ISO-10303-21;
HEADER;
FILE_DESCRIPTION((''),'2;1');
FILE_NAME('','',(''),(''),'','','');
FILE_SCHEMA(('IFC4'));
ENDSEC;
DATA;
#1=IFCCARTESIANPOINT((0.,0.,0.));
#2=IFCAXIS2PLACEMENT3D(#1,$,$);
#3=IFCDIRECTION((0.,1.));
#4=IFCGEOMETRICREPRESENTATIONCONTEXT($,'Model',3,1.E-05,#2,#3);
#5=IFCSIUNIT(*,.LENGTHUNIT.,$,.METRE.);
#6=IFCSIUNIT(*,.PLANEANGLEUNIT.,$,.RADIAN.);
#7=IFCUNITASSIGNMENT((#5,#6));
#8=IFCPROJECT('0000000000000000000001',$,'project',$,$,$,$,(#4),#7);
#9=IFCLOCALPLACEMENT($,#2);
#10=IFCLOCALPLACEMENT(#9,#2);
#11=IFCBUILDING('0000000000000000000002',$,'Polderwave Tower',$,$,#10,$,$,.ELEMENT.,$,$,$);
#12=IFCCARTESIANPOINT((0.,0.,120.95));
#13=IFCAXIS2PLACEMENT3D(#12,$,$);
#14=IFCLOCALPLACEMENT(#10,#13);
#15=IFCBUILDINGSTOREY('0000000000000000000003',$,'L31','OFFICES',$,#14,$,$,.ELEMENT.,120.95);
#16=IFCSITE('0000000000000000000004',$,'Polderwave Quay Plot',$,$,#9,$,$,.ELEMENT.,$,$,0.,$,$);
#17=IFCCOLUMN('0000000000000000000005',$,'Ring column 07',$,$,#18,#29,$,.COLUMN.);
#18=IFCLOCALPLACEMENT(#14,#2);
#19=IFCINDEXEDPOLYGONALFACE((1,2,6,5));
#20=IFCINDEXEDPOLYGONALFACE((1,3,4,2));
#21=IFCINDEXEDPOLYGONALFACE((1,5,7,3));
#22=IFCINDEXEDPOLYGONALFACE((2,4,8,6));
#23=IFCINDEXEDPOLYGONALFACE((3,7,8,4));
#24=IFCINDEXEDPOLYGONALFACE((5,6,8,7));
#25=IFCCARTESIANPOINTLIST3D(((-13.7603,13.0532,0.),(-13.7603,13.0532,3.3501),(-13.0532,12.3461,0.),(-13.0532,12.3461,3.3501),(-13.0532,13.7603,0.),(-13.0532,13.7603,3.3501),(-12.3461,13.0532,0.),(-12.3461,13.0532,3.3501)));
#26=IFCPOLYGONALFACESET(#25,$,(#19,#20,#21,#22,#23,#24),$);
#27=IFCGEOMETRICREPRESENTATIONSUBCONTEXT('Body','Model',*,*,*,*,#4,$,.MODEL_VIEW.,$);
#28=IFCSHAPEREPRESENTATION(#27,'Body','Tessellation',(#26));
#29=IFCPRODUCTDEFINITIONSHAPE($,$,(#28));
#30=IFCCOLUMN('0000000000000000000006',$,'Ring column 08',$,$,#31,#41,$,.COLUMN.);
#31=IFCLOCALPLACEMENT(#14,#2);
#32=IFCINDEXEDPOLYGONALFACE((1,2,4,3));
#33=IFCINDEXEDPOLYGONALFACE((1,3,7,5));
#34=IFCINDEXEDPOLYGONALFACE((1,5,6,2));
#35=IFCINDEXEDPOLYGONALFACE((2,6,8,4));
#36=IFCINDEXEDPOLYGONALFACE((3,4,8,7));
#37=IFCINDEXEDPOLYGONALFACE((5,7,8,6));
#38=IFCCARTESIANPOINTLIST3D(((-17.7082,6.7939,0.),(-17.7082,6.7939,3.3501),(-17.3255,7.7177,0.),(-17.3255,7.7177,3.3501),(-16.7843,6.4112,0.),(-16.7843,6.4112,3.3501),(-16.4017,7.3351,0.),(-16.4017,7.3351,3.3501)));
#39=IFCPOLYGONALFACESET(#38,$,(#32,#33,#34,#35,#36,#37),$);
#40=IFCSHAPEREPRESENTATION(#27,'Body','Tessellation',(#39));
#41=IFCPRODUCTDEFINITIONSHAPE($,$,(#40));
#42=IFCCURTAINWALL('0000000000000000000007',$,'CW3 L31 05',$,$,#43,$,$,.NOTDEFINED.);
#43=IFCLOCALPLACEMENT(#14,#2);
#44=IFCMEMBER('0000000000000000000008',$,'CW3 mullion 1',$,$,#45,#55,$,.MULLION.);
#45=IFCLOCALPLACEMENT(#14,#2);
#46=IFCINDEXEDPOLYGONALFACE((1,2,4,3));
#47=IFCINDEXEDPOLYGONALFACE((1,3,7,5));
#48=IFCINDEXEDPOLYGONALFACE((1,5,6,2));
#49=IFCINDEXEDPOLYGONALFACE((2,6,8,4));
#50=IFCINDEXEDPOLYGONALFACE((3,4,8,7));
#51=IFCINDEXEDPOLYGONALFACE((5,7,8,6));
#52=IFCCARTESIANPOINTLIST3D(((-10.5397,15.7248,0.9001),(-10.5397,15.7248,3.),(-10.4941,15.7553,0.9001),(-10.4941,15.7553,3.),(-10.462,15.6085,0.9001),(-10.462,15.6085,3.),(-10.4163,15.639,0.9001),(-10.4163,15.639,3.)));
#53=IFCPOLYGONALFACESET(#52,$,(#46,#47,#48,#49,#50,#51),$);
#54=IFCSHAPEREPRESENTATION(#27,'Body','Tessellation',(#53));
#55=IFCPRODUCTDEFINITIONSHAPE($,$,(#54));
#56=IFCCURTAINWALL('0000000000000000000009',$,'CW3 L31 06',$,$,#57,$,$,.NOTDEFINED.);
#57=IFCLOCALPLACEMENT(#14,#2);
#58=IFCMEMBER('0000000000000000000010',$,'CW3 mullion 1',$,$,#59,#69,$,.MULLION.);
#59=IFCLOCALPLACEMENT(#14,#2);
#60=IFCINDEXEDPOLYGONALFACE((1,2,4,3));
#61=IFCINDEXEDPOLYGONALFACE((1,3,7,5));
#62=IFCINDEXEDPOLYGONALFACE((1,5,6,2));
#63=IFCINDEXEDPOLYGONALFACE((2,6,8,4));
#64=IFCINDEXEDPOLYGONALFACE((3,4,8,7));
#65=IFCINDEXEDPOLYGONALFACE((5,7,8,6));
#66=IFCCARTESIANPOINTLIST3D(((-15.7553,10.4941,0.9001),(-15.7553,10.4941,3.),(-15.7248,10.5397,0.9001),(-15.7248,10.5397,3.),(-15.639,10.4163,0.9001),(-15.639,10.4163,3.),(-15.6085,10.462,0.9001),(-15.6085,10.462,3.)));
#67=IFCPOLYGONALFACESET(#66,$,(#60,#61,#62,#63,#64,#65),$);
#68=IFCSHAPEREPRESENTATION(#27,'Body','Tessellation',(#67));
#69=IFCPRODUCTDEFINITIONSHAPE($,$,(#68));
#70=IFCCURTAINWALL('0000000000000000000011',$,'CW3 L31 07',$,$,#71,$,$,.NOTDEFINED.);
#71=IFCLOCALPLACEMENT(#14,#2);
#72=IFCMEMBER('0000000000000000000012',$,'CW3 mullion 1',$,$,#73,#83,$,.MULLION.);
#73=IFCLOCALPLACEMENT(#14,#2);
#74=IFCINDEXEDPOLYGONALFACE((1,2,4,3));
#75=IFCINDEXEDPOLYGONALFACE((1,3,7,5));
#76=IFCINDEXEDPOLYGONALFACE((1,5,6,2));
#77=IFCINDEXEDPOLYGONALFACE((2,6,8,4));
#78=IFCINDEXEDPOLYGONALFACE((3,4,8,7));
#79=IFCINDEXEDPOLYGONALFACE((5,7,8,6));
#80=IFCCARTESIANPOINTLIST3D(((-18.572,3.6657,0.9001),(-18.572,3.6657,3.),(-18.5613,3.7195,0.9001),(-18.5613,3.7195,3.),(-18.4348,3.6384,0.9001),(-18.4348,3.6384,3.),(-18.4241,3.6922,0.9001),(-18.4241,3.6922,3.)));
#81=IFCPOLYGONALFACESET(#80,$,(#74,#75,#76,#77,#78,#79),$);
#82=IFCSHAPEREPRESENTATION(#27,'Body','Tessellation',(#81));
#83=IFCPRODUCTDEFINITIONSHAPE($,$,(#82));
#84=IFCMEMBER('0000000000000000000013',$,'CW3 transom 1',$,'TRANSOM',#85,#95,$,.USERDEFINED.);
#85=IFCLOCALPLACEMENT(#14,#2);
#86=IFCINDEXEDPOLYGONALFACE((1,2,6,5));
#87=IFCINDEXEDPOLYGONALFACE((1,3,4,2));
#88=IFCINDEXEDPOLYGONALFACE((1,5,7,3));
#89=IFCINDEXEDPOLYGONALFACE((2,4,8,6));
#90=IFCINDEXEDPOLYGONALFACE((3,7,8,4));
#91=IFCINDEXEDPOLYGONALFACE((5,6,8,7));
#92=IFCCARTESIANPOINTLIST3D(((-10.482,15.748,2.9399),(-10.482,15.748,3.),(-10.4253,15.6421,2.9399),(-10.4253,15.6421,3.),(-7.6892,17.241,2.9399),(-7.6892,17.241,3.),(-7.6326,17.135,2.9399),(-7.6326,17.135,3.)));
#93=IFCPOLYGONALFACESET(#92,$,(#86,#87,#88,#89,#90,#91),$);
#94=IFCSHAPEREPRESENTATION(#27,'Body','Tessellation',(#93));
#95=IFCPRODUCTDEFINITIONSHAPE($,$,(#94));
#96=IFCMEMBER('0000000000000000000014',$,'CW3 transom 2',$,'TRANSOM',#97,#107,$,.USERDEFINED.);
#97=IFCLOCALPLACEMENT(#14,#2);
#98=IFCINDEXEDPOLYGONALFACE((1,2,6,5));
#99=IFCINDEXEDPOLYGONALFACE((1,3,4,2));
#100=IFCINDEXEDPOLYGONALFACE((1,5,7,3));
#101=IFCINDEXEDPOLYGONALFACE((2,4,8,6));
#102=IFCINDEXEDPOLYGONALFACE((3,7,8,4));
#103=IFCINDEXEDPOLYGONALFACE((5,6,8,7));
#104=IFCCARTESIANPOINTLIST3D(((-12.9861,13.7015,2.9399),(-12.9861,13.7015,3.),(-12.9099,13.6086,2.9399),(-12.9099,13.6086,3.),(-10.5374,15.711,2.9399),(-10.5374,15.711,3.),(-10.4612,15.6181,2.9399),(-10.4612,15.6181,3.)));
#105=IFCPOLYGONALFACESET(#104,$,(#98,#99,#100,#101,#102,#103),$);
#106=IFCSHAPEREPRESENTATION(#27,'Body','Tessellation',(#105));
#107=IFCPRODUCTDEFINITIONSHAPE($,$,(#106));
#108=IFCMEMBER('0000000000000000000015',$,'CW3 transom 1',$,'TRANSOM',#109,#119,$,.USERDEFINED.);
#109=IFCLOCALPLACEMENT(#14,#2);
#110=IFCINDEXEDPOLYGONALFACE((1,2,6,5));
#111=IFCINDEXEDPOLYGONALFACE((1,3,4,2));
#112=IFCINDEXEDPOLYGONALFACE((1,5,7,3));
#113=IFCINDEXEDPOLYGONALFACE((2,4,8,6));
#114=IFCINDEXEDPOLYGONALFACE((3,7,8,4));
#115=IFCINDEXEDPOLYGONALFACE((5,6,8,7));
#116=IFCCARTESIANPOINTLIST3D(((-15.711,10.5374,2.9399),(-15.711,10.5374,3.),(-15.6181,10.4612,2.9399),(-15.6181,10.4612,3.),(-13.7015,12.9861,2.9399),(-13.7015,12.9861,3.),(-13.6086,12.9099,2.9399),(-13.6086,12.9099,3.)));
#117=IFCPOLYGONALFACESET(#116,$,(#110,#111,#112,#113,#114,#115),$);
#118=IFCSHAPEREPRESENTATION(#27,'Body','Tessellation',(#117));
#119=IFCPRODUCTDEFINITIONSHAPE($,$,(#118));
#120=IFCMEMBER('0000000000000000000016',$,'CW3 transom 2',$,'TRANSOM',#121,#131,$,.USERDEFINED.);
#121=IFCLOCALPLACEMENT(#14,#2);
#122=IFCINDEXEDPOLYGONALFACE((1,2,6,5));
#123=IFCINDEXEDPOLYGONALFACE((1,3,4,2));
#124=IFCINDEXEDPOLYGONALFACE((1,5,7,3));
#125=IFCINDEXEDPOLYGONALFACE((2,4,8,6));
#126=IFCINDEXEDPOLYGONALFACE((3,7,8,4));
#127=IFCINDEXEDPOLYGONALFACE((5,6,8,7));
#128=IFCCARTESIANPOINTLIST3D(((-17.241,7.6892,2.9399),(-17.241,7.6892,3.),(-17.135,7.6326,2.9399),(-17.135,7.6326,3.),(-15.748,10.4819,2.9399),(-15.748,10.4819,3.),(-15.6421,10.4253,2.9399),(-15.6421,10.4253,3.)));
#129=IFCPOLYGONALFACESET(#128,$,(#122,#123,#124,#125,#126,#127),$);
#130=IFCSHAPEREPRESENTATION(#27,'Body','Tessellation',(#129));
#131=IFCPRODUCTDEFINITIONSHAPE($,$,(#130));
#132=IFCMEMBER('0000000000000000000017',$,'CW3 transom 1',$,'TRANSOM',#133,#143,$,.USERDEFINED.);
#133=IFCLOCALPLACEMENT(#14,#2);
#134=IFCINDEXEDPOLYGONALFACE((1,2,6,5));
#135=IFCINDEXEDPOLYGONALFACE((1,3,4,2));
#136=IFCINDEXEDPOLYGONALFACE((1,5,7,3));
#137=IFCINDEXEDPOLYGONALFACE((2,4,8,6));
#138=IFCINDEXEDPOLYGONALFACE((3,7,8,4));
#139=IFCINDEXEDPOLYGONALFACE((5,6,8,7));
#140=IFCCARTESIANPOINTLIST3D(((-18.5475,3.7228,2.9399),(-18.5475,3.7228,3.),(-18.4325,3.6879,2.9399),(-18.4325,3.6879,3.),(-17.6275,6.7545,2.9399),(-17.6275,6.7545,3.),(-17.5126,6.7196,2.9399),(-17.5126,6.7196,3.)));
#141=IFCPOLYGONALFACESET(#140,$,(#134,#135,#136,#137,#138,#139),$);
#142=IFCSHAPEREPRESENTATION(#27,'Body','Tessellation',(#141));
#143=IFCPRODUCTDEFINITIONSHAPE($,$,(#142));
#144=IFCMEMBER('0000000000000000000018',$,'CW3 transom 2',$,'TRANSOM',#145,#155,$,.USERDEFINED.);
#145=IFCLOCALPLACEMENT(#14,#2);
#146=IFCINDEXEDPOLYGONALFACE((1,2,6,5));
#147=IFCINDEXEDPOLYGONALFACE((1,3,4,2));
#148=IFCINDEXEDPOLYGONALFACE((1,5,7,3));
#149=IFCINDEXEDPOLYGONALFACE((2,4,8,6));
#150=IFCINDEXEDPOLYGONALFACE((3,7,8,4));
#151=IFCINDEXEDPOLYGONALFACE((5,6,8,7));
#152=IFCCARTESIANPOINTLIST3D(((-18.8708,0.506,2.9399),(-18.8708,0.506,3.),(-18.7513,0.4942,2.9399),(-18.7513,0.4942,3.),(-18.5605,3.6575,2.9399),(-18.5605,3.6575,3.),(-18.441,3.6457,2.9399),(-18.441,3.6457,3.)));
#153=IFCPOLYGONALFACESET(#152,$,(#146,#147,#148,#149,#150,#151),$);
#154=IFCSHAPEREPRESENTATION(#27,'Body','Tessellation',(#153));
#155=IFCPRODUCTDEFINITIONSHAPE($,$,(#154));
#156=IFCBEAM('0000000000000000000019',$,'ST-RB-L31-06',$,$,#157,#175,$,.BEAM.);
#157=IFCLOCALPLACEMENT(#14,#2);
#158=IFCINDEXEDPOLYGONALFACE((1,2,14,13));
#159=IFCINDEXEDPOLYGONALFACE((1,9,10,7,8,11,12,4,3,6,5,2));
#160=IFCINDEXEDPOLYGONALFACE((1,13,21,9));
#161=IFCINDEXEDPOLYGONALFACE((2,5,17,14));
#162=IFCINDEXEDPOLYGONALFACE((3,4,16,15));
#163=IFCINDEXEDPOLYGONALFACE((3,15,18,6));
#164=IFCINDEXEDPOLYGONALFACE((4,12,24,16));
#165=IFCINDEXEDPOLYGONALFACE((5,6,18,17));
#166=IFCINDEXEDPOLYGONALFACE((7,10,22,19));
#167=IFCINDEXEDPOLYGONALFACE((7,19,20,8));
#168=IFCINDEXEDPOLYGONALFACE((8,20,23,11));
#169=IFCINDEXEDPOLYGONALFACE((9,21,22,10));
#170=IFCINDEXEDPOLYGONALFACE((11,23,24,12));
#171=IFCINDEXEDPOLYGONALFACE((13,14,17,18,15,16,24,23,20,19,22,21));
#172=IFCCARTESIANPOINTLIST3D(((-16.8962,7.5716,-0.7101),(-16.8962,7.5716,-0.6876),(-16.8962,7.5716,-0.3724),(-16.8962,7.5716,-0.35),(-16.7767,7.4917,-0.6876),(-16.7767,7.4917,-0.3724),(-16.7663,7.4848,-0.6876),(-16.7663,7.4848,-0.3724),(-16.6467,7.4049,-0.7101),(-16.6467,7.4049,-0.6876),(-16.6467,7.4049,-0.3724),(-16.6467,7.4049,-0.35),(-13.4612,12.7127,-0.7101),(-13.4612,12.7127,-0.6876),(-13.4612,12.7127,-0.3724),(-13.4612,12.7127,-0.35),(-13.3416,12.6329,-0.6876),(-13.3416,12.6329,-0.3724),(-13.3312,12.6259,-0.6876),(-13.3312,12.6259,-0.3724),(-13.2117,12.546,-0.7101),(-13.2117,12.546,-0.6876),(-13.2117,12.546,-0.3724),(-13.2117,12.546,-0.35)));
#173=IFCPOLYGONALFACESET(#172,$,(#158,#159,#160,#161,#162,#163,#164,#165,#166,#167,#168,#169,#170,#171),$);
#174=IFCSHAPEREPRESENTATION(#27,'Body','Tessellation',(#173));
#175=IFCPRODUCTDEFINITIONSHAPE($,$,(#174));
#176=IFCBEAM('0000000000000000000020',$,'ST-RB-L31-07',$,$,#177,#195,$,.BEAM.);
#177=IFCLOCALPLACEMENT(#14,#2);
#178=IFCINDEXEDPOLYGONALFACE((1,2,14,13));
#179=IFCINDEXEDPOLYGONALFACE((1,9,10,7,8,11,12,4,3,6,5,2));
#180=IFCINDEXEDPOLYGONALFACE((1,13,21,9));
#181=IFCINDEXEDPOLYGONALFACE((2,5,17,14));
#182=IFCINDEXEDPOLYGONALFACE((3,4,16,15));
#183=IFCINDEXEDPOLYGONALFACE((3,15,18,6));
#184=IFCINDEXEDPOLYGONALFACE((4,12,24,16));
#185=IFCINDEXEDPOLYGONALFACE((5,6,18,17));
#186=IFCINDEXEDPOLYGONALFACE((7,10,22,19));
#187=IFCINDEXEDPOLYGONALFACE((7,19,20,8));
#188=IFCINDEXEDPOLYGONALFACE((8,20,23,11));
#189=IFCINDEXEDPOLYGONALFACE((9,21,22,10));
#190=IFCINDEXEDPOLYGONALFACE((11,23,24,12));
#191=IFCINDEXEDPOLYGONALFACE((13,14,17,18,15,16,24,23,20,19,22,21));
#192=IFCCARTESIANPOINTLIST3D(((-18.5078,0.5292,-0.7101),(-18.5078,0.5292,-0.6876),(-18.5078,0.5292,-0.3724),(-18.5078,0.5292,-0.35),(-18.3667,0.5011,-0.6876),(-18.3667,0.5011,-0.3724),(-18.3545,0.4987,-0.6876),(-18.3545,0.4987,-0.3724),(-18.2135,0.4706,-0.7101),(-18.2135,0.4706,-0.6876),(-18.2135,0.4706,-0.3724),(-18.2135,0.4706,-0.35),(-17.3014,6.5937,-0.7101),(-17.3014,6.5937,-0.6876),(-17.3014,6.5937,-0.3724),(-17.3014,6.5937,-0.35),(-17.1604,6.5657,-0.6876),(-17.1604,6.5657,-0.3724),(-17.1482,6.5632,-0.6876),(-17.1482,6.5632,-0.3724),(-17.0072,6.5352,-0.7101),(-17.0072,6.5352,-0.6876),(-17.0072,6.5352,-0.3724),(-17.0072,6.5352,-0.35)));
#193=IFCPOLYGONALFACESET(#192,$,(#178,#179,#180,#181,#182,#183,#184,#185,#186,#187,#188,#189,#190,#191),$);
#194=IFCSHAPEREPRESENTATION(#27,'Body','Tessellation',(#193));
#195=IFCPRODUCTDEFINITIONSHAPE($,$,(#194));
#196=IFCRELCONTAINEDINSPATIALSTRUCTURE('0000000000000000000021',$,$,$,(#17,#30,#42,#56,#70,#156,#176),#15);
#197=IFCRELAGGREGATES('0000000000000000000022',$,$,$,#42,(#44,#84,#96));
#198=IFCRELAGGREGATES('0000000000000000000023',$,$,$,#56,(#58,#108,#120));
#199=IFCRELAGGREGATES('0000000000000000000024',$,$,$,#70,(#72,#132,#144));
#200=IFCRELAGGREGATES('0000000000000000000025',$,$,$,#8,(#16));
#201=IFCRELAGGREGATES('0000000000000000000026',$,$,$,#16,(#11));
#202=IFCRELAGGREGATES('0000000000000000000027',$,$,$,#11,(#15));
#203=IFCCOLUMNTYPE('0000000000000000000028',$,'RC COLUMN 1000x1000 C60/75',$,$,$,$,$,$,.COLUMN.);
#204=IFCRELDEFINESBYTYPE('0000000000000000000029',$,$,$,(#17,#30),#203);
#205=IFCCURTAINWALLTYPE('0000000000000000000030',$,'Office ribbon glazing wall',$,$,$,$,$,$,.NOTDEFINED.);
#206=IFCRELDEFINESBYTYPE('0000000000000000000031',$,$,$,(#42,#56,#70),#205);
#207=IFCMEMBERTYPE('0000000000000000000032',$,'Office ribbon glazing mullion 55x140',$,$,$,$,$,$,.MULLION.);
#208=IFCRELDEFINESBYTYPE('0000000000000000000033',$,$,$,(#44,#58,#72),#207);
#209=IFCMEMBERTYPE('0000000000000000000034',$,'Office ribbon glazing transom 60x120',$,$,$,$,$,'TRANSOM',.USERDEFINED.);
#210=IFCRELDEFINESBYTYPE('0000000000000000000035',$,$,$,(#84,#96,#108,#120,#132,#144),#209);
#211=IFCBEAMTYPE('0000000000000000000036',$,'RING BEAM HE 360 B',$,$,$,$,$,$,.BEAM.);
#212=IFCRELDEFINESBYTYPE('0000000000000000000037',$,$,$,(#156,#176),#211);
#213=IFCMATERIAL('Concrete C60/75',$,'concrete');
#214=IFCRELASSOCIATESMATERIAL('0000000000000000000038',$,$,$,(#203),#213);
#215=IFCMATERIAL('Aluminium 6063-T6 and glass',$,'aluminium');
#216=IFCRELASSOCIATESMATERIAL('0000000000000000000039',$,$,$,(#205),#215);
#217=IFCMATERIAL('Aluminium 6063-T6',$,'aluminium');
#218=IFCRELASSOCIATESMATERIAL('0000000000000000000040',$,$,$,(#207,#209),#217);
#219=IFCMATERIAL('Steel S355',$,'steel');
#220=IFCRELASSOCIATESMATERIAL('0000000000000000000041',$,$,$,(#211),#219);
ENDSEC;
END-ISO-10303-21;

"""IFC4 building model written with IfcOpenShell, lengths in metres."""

from ifc_helpers import new_model, si_unit, direction, frame, origin, origin_2d, place, context, subcontext, project, spatial, rectangle, i_section, extrude, material, material_profile, profile_set, type_object, element, aggregate, save


model = new_model("IFC4")

# Units and contexts
model_context = context("Model", 3, precision=1e-05, world=origin(), true_north=direction((0.0, 1.0)))
body_context = subcontext(model_context, "Body", "Model", "MODEL_VIEW")
ifc_project = project(units=[si_unit("LENGTHUNIT", "METRE"), si_unit("PLANEANGLEUNIT", "RADIAN")], contexts=[model_context])

# Site, building, storey
site_placement = place(None, origin())
site = spatial("IfcSite", under=ifc_project, at=site_placement, Name="Polderwave Quay Plot", CompositionType="ELEMENT", RefElevation=0.0)
building_placement = place(site_placement, origin())
building = spatial("IfcBuilding", under=site, at=building_placement, Name="Polderwave Tower", CompositionType="ELEMENT")
storey_placement = place(building_placement, frame((0.0, 0.0, 120.95)))
storey = spatial("IfcBuildingStorey", under=building, at=storey_placement, Name="L31", Description="OFFICES", CompositionType="ELEMENT", Elevation=120.95)

# Columns
ifc_material_1 = material(Name="Concrete C60/75", Category="concrete")
ifc_material_profile_1 = material_profile(ifc_material_1, rectangle(XDim=1.0, YDim=1.0, at=origin_2d()), Name="RC 1000x1000")
ifc_profile_set_1 = profile_set([ifc_material_profile_1], Name="Concrete C60/75")
column_type = type_object("IfcColumnType", Name="RC COLUMN 1000x1000 C60/75", PredefinedType="COLUMN", material=ifc_profile_set_1)
for number, where, z_axis, x_axis, name in (
    (1, (-13.0532, 13.0532, 0.0), (0.0, 0.0, 1.0), (-0.707107, 0.707107, 0.0), "Ring column 07"),
    (2, (-17.0549, 7.0645, 0.0), (0.0, 0.0, 1.0), (-0.92388, 0.382683, 0.0), "Ring column 08"),
):
    element("IfcColumn", number, at=place(storey_placement, frame(where, z_axis=z_axis, x_axis=x_axis)), inside=storey, type_object=column_type, Name=name, PredefinedType="COLUMN", context=body_context, shape_type="SweptSolid", body=[
        extrude(rectangle(XDim=1.0, YDim=1.0, at=origin_2d()), origin(), (0.0, 0.0, 1.0), 3.3501),
    ])

# Curtain walls, members
ifc_material_2 = material(Name="Aluminium 6063-T6 and glass", Category="aluminium")
curtain_wall_type = type_object("IfcCurtainWallType", Name="Office ribbon glazing wall", PredefinedType="NOTDEFINED", material=ifc_material_2)
curtain_wall_1_placement = place(storey_placement, origin())
curtain_wall_1 = element("IfcCurtainWall", 3, at=curtain_wall_1_placement, inside=storey, type_object=curtain_wall_type, Name="CW3 L31 05", PredefinedType="NOTDEFINED")
ifc_material_3 = material(Name="Aluminium 6063-T6", Category="aluminium")
ifc_material_profile_2 = material_profile(ifc_material_3, rectangle(XDim=0.1399, YDim=0.0549, at=origin_2d()), Name="AL 55x140")
ifc_profile_set_2 = profile_set([ifc_material_profile_2], Name="Aluminium 6063-T6")
member_type_1 = type_object("IfcMemberType", Name="Office ribbon glazing mullion 55x140", PredefinedType="MULLION", material=ifc_profile_set_2)
member_1_placement = place(storey_placement, frame((-10.478, 15.6819, 0.9001), z_axis=(0.0, 0.0, 1.0), x_axis=(0.555595, -0.831453, 0.0)))
member_1 = element("IfcMember", 4, at=member_1_placement, type_object=member_type_1, Name="CW3 mullion 1", PredefinedType="MULLION", context=body_context, shape_type="SweptSolid", body=[
    extrude(rectangle(XDim=0.1399, YDim=0.0549, at=origin_2d()), origin(), (0.0, 0.0, 1.0), 2.0999),
])
curtain_wall_2_placement = place(storey_placement, origin())
curtain_wall_2 = element("IfcCurtainWall", 5, at=curtain_wall_2_placement, inside=storey, type_object=curtain_wall_type, Name="CW3 L31 06", PredefinedType="NOTDEFINED")
member_2_placement = place(storey_placement, frame((-15.6819, 10.478, 0.9001), z_axis=(0.0, 0.0, 1.0), x_axis=(0.831453, -0.555595, 0.0)))
member_2 = element("IfcMember", 6, at=member_2_placement, type_object=member_type_1, Name="CW3 mullion 1", PredefinedType="MULLION", context=body_context, shape_type="SweptSolid", body=[
    extrude(rectangle(XDim=0.1399, YDim=0.0549, at=origin_2d()), origin(), (0.0, 0.0, 1.0), 2.0999),
])
curtain_wall_3_placement = place(storey_placement, origin())
curtain_wall_3 = element("IfcCurtainWall", 7, at=curtain_wall_3_placement, inside=storey, type_object=curtain_wall_type, Name="CW3 L31 07", PredefinedType="NOTDEFINED")
member_3_placement = place(storey_placement, frame((-18.498, 3.679, 0.9001), z_axis=(0.0, 0.0, 1.0), x_axis=(0.980778, -0.195128, 0.0)))
member_3 = element("IfcMember", 8, at=member_3_placement, type_object=member_type_1, Name="CW3 mullion 1", PredefinedType="MULLION", context=body_context, shape_type="SweptSolid", body=[
    extrude(rectangle(XDim=0.1399, YDim=0.0549, at=origin_2d()), origin(), (0.0, 0.0, 1.0), 2.0999),
])

# Members
ifc_material_profile_3 = material_profile(ifc_material_3, rectangle(XDim=0.1201, YDim=0.0601, at=origin_2d()), Name="AL 60x120")
ifc_profile_set_3 = profile_set([ifc_material_profile_3], Name="Aluminium 6063-T6")
member_type_2 = type_object("IfcMemberType", Name="Office ribbon glazing transom 60x120", ElementType="TRANSOM", PredefinedType="USERDEFINED", material=ifc_profile_set_3)
member_4_placement = place(storey_placement, frame((-7.6609, 17.188, 2.97), z_axis=(-0.881898, -0.47144, 0.0), x_axis=(0.47144, -0.881898, 0.0)))
member_4 = element("IfcMember", 9, at=member_4_placement, type_object=member_type_2, Name="CW3 transom 1", ObjectType="TRANSOM", PredefinedType="USERDEFINED", context=body_context, shape_type="SweptSolid", body=[
    extrude(rectangle(XDim=0.1201, YDim=0.0601, at=origin_2d()), origin(), (0.0, 0.0, 1.0), 3.1667),
])
member_5_placement = place(storey_placement, frame((-10.4993, 15.6646, 2.97), z_axis=(-0.773026, -0.634374, 0.0), x_axis=(0.634374, -0.773026, 0.0)))
member_5 = element("IfcMember", 10, at=member_5_placement, type_object=member_type_2, Name="CW3 transom 2", ObjectType="TRANSOM", PredefinedType="USERDEFINED", context=body_context, shape_type="SweptSolid", body=[
    extrude(rectangle(XDim=0.1201, YDim=0.0601, at=origin_2d()), origin(), (0.0, 0.0, 1.0), 3.1677),
])
member_6_placement = place(storey_placement, frame((-13.655, 12.948, 2.97), z_axis=(-0.634374, -0.773026, 0.0), x_axis=(0.773026, -0.634374, 0.0)))
member_6 = element("IfcMember", 11, at=member_6_placement, type_object=member_type_2, Name="CW3 transom 1", ObjectType="TRANSOM", PredefinedType="USERDEFINED", context=body_context, shape_type="SweptSolid", body=[
    extrude(rectangle(XDim=0.1201, YDim=0.0601, at=origin_2d()), origin(), (0.0, 0.0, 1.0), 3.1677),
])
member_7_placement = place(storey_placement, frame((-15.6951, 10.4536, 2.97), z_axis=(-0.47144, -0.881898, 0.0), x_axis=(0.881898, -0.47144, 0.0)))
member_7 = element("IfcMember", 12, at=member_7_placement, type_object=member_type_2, Name="CW3 transom 2", ObjectType="TRANSOM", PredefinedType="USERDEFINED", context=body_context, shape_type="SweptSolid", body=[
    extrude(rectangle(XDim=0.1201, YDim=0.0601, at=origin_2d()), origin(), (0.0, 0.0, 1.0), 3.1667),
])
member_8_placement = place(storey_placement, frame((-17.5701, 6.7371, 2.97), z_axis=(-0.290358, -0.956918, 0.0), x_axis=(0.956918, -0.290358, 0.0)))
member_8 = element("IfcMember", 13, at=member_8_placement, type_object=member_type_2, Name="CW3 transom 1", ObjectType="TRANSOM", PredefinedType="USERDEFINED", context=body_context, shape_type="SweptSolid", body=[
    extrude(rectangle(XDim=0.1201, YDim=0.0601, at=origin_2d()), origin(), (0.0, 0.0, 1.0), 3.1682),
])
member_9_placement = place(storey_placement, frame((-18.5007, 3.6516, 2.97), z_axis=(-0.097985, -0.995188, 0.0), x_axis=(0.995188, -0.097985, 0.0)))
member_9 = element("IfcMember", 14, at=member_9_placement, type_object=member_type_2, Name="CW3 transom 2", ObjectType="TRANSOM", PredefinedType="USERDEFINED", context=body_context, shape_type="SweptSolid", body=[
    extrude(rectangle(XDim=0.1201, YDim=0.0601, at=origin_2d()), origin(), (0.0, 0.0, 1.0), 3.1667),
])

# Beams
ifc_material_4 = material(Name="Steel S355", Category="steel")
ifc_material_profile_4 = material_profile(ifc_material_4, i_section(OverallWidth=0.3, OverallDepth=0.3601, WebThickness=0.0125, FlangeThickness=0.0225, at=origin_2d()), Name="HE 360 B")
ifc_profile_set_4 = profile_set([ifc_material_profile_4], Name="Steel S355")
beam_type = type_object("IfcBeamType", Name="RING BEAM HE 360 B", PredefinedType="BEAM", material=ifc_profile_set_4)
beam_1_placement = place(storey_placement, frame((-13.3364, 12.6294, -0.53), z_axis=(-0.555556, -0.831479, 0.0), x_axis=(0.831479, -0.555556, 0.0)))
element("IfcBeam", 15, at=beam_1_placement, inside=storey, type_object=beam_type, Name="ST-RB-L31-06", PredefinedType="BEAM", context=body_context, shape_type="SweptSolid", body=[
    extrude(i_section(OverallWidth=0.3, OverallDepth=0.3601, WebThickness=0.0125, FlangeThickness=0.0225, at=origin_2d()), origin(), (0.0, 0.0, 1.0), 6.1831),
])
beam_2_placement = place(storey_placement, frame((-17.1543, 6.5645, -0.53), z_axis=(-0.195091, -0.980785, 0.0), x_axis=(0.980785, -0.195091, 0.0)))
element("IfcBeam", 16, at=beam_2_placement, inside=storey, type_object=beam_type, Name="ST-RB-L31-07", PredefinedType="BEAM", context=body_context, shape_type="SweptSolid", body=[
    extrude(i_section(OverallWidth=0.3, OverallDepth=0.3601, WebThickness=0.0125, FlangeThickness=0.0225, at=origin_2d()), origin(), (0.0, 0.0, 1.0), 6.1833),
])

aggregate(curtain_wall_1, [member_1, member_4, member_5])
aggregate(curtain_wall_2, [member_2, member_6, member_7])
aggregate(curtain_wall_3, [member_3, member_8, member_9])

save(model, "model.ifc")
